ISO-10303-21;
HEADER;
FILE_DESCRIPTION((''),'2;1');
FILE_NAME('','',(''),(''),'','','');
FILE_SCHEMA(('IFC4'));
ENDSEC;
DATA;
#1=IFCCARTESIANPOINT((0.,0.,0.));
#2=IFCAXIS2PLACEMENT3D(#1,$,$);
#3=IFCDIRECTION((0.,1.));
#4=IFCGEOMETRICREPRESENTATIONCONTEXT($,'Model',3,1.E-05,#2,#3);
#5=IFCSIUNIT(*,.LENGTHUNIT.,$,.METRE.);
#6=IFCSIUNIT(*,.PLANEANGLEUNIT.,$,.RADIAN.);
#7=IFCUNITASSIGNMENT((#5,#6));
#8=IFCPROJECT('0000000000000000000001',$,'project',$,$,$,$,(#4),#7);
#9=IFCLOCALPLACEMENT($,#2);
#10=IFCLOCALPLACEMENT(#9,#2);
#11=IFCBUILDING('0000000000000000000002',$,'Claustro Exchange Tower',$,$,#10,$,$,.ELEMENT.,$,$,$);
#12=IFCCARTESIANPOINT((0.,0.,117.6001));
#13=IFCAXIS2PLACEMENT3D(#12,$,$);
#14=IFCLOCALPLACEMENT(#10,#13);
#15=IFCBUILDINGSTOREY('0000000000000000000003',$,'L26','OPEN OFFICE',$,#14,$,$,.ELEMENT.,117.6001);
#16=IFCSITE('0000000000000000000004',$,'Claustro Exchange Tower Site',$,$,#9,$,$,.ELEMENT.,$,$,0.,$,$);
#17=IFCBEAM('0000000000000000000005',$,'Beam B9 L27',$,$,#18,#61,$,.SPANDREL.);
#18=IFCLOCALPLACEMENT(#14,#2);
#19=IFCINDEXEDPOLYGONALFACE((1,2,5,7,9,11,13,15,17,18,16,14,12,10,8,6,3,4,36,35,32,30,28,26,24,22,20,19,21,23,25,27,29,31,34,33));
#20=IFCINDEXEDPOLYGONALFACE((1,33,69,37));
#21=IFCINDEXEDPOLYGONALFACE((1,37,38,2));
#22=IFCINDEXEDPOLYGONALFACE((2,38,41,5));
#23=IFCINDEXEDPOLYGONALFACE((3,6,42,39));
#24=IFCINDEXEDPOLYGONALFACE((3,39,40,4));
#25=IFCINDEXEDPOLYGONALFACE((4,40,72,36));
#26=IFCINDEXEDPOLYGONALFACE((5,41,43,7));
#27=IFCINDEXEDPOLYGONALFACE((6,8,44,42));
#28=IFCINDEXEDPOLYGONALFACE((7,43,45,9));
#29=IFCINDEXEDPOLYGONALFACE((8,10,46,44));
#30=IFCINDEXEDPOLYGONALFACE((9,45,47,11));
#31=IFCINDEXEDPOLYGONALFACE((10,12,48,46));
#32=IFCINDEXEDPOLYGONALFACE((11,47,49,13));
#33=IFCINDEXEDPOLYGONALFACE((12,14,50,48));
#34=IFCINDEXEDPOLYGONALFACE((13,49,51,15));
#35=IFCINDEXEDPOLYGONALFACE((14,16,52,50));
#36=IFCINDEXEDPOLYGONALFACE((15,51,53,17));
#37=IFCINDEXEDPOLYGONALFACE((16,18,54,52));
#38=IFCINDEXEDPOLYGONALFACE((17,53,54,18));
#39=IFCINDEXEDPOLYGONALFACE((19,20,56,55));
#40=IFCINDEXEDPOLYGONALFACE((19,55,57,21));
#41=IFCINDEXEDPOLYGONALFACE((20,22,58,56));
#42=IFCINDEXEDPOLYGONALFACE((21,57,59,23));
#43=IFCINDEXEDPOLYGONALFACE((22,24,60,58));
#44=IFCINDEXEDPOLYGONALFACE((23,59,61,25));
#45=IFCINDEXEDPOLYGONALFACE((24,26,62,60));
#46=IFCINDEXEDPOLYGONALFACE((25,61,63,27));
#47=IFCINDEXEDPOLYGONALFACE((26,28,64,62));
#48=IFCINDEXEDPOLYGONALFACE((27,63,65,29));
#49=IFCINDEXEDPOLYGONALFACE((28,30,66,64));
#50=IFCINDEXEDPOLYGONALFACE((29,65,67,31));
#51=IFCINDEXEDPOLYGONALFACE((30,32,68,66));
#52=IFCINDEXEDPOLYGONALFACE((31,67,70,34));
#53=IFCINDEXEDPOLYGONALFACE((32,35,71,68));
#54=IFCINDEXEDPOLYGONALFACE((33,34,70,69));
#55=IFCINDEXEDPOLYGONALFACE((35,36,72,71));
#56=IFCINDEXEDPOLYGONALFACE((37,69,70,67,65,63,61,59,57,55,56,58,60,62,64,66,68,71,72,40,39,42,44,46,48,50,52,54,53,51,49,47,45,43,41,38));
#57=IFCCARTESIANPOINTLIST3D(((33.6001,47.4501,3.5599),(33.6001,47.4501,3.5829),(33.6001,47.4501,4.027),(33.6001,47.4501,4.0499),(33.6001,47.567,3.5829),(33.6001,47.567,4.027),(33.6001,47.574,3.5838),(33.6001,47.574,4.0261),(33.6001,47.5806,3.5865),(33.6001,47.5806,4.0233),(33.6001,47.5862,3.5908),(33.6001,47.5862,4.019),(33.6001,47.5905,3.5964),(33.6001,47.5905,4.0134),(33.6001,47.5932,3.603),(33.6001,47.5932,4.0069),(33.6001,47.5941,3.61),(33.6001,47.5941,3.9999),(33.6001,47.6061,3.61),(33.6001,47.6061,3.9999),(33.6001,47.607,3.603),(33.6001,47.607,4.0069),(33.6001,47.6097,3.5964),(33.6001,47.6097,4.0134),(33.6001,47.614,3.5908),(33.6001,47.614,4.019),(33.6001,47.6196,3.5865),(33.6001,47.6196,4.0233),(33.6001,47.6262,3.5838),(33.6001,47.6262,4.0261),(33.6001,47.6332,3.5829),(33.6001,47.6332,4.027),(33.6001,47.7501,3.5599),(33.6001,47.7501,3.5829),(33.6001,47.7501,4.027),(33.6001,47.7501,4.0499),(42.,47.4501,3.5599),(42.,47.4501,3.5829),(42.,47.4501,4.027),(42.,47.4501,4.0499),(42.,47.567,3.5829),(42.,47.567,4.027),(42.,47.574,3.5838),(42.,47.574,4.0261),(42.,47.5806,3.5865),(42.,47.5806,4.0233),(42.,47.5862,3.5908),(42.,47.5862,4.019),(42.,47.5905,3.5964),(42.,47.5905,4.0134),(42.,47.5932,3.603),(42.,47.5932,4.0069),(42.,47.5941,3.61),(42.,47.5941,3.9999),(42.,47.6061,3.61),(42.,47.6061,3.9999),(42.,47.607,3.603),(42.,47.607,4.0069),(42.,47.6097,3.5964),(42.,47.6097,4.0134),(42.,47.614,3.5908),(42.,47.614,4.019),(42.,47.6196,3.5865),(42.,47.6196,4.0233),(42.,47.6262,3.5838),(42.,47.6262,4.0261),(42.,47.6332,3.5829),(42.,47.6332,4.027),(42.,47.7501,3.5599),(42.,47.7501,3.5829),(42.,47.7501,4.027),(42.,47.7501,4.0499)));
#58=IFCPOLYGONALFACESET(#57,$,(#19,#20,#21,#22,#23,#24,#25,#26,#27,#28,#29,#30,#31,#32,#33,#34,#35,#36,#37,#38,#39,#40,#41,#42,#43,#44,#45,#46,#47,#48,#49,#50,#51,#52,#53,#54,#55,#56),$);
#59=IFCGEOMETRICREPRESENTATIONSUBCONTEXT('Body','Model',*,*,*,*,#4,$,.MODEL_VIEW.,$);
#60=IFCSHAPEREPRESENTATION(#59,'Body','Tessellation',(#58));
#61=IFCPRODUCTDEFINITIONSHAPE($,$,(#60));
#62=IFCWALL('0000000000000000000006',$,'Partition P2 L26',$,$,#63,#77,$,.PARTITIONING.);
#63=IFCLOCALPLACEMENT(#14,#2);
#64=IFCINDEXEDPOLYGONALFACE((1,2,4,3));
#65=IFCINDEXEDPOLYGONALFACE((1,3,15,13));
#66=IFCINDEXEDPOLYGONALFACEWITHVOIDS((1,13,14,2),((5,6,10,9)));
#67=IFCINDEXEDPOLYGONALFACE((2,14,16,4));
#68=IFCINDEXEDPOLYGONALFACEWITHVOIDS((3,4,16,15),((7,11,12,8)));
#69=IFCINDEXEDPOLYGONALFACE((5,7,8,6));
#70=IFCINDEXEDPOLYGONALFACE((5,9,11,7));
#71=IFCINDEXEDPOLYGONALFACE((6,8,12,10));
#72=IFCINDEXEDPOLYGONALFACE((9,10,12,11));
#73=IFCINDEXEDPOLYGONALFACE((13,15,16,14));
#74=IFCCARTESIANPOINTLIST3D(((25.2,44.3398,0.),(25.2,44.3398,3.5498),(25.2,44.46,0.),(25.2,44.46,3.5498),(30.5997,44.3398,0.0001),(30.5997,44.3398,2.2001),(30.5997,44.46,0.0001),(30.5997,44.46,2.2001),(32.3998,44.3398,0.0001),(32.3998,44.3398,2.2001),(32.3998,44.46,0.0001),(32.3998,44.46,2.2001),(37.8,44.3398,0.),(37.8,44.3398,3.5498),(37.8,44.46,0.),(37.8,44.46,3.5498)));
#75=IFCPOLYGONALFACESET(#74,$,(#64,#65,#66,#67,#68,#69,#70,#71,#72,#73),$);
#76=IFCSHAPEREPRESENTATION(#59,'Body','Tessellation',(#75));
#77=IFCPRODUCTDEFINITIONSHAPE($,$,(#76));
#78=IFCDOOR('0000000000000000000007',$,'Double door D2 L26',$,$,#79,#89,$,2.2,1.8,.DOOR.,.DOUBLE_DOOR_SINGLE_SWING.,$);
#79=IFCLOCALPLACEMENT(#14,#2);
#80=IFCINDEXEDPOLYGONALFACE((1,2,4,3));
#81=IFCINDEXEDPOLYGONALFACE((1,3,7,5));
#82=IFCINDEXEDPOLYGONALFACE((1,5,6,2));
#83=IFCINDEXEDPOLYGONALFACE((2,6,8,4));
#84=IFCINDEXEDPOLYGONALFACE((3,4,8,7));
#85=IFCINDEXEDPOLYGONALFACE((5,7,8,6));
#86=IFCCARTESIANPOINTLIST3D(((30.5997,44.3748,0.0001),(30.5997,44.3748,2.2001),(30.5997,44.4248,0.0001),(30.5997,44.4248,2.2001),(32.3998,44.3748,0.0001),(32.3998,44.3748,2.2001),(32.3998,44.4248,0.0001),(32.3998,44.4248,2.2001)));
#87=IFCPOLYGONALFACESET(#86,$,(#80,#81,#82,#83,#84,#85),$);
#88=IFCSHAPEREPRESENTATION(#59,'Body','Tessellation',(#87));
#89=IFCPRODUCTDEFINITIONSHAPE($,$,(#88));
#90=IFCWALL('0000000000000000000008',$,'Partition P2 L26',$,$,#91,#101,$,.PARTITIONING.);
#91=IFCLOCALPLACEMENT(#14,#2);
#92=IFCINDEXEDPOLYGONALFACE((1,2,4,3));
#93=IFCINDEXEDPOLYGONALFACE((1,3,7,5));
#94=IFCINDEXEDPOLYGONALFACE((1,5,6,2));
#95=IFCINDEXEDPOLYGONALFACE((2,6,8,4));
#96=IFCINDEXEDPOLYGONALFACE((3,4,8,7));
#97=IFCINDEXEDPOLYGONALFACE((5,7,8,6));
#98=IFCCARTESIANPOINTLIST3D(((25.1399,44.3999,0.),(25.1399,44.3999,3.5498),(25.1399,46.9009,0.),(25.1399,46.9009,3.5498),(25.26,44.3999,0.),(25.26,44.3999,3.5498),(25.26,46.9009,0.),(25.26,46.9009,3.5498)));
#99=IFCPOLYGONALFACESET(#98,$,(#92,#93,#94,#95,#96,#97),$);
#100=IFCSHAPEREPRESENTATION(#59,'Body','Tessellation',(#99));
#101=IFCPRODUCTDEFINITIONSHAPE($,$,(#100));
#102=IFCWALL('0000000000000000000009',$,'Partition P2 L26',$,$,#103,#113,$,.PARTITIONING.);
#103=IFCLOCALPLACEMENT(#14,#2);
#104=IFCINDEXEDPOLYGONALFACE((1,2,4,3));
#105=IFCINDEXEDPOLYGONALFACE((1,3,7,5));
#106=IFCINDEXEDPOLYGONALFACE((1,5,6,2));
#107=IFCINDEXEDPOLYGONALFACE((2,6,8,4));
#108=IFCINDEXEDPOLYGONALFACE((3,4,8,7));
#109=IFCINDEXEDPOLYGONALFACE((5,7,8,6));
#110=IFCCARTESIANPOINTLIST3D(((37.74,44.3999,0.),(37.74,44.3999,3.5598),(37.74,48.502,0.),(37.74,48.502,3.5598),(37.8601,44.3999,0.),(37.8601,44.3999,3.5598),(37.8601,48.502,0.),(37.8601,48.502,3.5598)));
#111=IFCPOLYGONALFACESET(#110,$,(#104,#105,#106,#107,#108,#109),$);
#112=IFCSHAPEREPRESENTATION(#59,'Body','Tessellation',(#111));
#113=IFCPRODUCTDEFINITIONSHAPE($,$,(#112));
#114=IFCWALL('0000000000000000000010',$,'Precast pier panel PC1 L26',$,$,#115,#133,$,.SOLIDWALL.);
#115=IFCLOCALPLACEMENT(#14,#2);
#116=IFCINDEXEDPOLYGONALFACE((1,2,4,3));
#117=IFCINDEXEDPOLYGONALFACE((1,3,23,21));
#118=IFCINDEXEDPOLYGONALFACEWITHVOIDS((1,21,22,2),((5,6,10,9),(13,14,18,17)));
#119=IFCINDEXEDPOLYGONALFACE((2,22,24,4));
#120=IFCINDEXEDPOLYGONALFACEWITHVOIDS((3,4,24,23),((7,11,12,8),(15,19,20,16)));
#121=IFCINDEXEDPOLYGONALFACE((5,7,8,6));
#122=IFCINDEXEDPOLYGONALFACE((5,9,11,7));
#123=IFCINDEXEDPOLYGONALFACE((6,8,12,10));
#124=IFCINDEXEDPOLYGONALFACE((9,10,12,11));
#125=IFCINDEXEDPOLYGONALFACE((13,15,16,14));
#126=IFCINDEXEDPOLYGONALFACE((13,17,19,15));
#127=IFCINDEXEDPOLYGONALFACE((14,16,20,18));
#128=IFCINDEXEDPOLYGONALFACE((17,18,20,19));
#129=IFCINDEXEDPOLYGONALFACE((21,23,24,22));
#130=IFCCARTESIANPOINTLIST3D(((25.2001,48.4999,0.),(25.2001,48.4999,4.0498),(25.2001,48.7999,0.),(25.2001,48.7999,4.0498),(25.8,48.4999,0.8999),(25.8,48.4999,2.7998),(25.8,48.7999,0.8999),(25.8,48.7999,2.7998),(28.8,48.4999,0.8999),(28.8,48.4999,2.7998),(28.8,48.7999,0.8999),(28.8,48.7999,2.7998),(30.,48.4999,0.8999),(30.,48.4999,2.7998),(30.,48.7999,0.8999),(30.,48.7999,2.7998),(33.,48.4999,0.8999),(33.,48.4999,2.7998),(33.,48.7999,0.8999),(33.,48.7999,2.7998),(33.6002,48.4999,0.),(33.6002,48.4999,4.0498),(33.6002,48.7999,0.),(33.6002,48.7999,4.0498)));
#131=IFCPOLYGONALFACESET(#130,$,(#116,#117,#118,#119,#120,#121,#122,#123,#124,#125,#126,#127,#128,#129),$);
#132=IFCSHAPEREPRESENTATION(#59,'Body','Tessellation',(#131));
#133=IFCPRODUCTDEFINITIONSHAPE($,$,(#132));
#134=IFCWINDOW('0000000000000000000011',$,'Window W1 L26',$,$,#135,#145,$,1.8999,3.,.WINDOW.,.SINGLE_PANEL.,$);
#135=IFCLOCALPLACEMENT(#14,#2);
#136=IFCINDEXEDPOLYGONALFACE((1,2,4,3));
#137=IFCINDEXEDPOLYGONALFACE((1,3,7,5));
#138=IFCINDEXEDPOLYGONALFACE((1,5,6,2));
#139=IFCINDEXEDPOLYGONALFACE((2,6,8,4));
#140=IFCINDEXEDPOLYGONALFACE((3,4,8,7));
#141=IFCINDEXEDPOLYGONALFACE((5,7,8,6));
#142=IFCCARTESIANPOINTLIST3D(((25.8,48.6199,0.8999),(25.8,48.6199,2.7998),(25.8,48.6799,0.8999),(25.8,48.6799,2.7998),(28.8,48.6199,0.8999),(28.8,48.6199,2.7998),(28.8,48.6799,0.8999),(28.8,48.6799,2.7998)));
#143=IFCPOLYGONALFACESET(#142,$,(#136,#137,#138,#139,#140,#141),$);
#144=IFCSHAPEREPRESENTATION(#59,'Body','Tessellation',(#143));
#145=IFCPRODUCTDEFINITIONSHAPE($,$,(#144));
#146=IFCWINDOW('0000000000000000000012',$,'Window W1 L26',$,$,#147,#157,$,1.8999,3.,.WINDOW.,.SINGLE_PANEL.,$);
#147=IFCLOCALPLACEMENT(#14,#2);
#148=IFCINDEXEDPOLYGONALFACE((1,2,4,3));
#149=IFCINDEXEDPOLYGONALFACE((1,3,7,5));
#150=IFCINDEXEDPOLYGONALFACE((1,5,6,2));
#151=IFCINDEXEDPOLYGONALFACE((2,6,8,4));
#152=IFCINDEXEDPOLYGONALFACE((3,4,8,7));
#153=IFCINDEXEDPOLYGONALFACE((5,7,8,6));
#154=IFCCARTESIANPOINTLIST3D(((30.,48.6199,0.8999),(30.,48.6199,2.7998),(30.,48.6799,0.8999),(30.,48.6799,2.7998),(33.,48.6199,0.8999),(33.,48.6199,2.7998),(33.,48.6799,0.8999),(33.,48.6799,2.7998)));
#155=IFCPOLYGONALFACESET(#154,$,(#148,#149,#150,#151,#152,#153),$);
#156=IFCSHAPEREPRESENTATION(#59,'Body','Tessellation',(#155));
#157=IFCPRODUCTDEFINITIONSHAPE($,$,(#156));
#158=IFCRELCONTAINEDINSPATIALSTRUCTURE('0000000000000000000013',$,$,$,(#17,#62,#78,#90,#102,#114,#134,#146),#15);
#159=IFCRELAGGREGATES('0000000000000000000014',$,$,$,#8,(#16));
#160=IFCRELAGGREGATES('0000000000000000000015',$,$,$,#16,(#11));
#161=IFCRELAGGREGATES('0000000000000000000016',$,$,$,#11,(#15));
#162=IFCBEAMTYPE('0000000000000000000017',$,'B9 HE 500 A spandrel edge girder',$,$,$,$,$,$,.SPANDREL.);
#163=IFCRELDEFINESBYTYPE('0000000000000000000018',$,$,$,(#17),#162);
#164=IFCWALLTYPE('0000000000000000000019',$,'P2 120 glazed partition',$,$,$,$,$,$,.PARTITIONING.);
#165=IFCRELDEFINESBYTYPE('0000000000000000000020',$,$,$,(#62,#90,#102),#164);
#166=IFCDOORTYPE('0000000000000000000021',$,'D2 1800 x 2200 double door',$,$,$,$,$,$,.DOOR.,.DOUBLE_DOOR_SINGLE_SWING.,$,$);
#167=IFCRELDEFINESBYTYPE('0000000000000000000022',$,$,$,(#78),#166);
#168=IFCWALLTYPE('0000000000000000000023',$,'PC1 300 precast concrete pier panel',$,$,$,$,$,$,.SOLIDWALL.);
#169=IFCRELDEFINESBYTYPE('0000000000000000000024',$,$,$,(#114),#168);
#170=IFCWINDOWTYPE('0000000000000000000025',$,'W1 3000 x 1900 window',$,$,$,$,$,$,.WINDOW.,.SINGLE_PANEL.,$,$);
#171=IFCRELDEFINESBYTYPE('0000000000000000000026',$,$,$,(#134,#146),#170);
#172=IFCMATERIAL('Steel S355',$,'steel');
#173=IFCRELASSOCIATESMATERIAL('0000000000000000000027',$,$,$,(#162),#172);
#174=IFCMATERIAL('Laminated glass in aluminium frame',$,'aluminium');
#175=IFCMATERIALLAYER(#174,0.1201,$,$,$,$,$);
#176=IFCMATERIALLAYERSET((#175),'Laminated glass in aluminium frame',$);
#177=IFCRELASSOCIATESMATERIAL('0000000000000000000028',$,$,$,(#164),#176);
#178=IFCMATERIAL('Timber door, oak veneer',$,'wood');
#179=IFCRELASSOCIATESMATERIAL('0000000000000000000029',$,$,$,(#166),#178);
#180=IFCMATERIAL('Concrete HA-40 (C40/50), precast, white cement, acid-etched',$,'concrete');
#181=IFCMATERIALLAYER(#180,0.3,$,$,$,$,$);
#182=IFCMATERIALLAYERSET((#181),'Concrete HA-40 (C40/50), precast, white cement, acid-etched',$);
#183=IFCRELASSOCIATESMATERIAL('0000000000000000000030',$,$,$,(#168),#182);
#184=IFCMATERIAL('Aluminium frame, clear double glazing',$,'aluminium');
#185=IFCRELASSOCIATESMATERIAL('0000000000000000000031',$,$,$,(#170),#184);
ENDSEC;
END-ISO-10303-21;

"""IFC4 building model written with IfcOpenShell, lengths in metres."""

from ifc_helpers import new_model, si_unit, direction, frame, frame_2d, origin, origin_2d, place, context, subcontext, project, spatial, rectangle, i_section, extrude, material, layer, layer_set, material_profile, profile_set, type_object, element, fill, save


model = new_model("IFC4")

# Units and contexts
model_context = context("Model", 3, precision=1e-05, world=origin(), true_north=direction((0.0, 1.0)))
body_context = subcontext(model_context, "Body", "Model", "MODEL_VIEW")
ifc_project = project(units=[si_unit("LENGTHUNIT", "METRE"), si_unit("PLANEANGLEUNIT", "RADIAN")], contexts=[model_context])

# Site, building, storey
site_placement = place(None, origin())
site = spatial("IfcSite", under=ifc_project, at=site_placement, Name="Claustro Exchange Tower Site", CompositionType="ELEMENT", RefElevation=0.0)
building_placement = place(site_placement, origin())
building = spatial("IfcBuilding", under=site, at=building_placement, Name="Claustro Exchange Tower", CompositionType="ELEMENT")
storey_placement = place(building_placement, frame((0.0, 0.0, 117.6001)))
storey = spatial("IfcBuildingStorey", under=building, at=storey_placement, Name="L26", Description="OPEN OFFICE", CompositionType="ELEMENT", Elevation=117.6001)

# Beam
ifc_material_1 = material(Name="Steel S355", Category="steel")
ifc_material_profile_1 = material_profile(ifc_material_1, i_section(OverallWidth=0.3, OverallDepth=0.49, WebThickness=0.012, FlangeThickness=0.0229, FilletRadius=0.0271, at=origin_2d()), Name="HE 500 A")
ifc_profile_set_1 = profile_set([ifc_material_profile_1], Name="Steel S355")
beam_type_1 = type_object("IfcBeamType", Name="B9 HE 500 A spandrel edge girder", PredefinedType="SPANDREL", material=ifc_profile_set_1)
beam_1_placement = place(storey_placement, frame((33.6001, 47.6001, 3.8049), z_axis=(1.0, 0.0, 0.0), x_axis=(0.0, 1.0, 0.0)))
element("IfcBeam", 1, at=beam_1_placement, inside=storey, type_object=beam_type_1, Name="Beam B9 L27", PredefinedType="SPANDREL", context=body_context, shape_type="SweptSolid", body=[
    extrude(i_section(OverallWidth=0.3, OverallDepth=0.49, WebThickness=0.012, FlangeThickness=0.0229, FilletRadius=0.0271, at=origin_2d()), origin(), (0.0, 0.0, 1.0), 8.3999),
])

# Wall, opening, door
ifc_material_2 = material(Name="Laminated glass in aluminium frame", Category="aluminium")
ifc_layer_1 = layer(ifc_material_2, 0.1201)
ifc_layer_set_1 = layer_set([ifc_layer_1], Name="Laminated glass in aluminium frame")
wall_type_1 = type_object("IfcWallType", Name="P2 120 glazed partition", PredefinedType="PARTITIONING", material=ifc_layer_set_1)
wall_1_placement = place(storey_placement, frame((25.2, 44.3999, 0.0), z_axis=(0.0, 0.0, 1.0), x_axis=(1.0, 0.0, 0.0)))
wall_1 = element("IfcWall", 2, at=wall_1_placement, inside=storey, type_object=wall_type_1, Name="Partition P2 L26", PredefinedType="PARTITIONING", context=body_context, shape_type="SweptSolid", body=[
    extrude(rectangle(XDim=12.6001, YDim=0.1201, at=frame_2d((6.3, 0.0))), origin(), (0.0, 0.0, 1.0), 3.5498),
])
opening_1_placement = place(wall_1_placement, frame((5.3999, 0.0, 0.0)))
opening_1 = element("IfcOpeningElement", 3, at=opening_1_placement, cuts=wall_1, PredefinedType="OPENING", context=body_context, shape_type="SweptSolid", body=[
    extrude(rectangle(XDim=1.8, YDim=2.2, at=frame_2d((0.8999, 1.1001))), frame((0.0, 0.0701, 0.0), z_axis=(0.0, -1.0, 0.0), x_axis=(1.0, 0.0, 0.0)), (0.0, 0.0, 1.0), 0.1401),
])
ifc_material_3 = material(Name="Timber door, oak veneer", Category="wood")
door_type = type_object("IfcDoorType", Name="D2 1800 x 2200 double door", OperationType="DOUBLE_DOOR_SINGLE_SWING", PredefinedType="DOOR", material=ifc_material_3)
door_placement = place(opening_1_placement, origin())
door = element("IfcDoor", 4, at=door_placement, inside=storey, type_object=door_type, Name="Double door D2 L26", OperationType="DOUBLE_DOOR_SINGLE_SWING", OverallHeight=2.2, OverallWidth=1.8, PredefinedType="DOOR", context=body_context, shape_type="SweptSolid", body=[
    extrude(rectangle(XDim=1.8, YDim=2.2, at=frame_2d((0.8999, 1.1001))), frame((0.0, 0.0249, 0.0), z_axis=(0.0, -1.0, 0.0), x_axis=(1.0, 0.0, 0.0)), (0.0, 0.0, 1.0), 0.05),
])
fill(opening_1, door)

# Walls
wall_2_placement = place(storey_placement, frame((25.2, 44.3999, 0.0), z_axis=(0.0, 0.0, 1.0), x_axis=(0.0, 1.0, 0.0)))
element("IfcWall", 5, at=wall_2_placement, inside=storey, type_object=wall_type_1, Name="Partition P2 L26", PredefinedType="PARTITIONING", context=body_context, shape_type="SweptSolid", body=[
    extrude(rectangle(XDim=2.501, YDim=0.1201, at=frame_2d((1.2505, 0.0))), origin(), (0.0, 0.0, 1.0), 3.5498),
])
wall_3_placement = place(storey_placement, frame((37.8, 44.3999, 0.0), z_axis=(0.0, 0.0, 1.0), x_axis=(0.0, 1.0, 0.0)))
element("IfcWall", 6, at=wall_3_placement, inside=storey, type_object=wall_type_1, Name="Partition P2 L26", PredefinedType="PARTITIONING", context=body_context, shape_type="SweptSolid", body=[
    extrude(rectangle(XDim=4.1021, YDim=0.1201, at=frame_2d((2.051, 0.0))), origin(), (0.0, 0.0, 1.0), 3.5598),
])

# Wall, openings, windows
ifc_material_4 = material(Name="Concrete HA-40 (C40/50), precast, white cement, acid-etched", Category="concrete")
ifc_layer_2 = layer(ifc_material_4, 0.3)
ifc_layer_set_2 = layer_set([ifc_layer_2], Name="Concrete HA-40 (C40/50), precast, white cement, acid-etched")
wall_type_2 = type_object("IfcWallType", Name="PC1 300 precast concrete pier panel", PredefinedType="SOLIDWALL", material=ifc_layer_set_2)
wall_4_placement = place(storey_placement, frame((25.2, 48.6499, 0.0), z_axis=(0.0, 0.0, 1.0), x_axis=(1.0, 0.0, 0.0)))
wall_4 = element("IfcWall", 7, at=wall_4_placement, inside=storey, type_object=wall_type_2, Name="Precast pier panel PC1 L26", PredefinedType="SOLIDWALL", context=body_context, shape_type="SweptSolid", body=[
    extrude(rectangle(XDim=8.4001, YDim=0.3, at=frame_2d((4.2002, 0.0))), origin(), (0.0, 0.0, 1.0), 4.0498),
])
opening_2_placement = place(wall_4_placement, frame((0.6001, 0.0, 0.8999)))
opening_2 = element("IfcOpeningElement", 8, at=opening_2_placement, cuts=wall_4, PredefinedType="OPENING", context=body_context, shape_type="SweptSolid", body=[
    extrude(rectangle(XDim=3.0, YDim=1.8999, at=frame_2d((1.5, 0.95))), frame((0.0, 0.1599, 0.0), z_axis=(0.0, -1.0, 0.0), x_axis=(1.0, 0.0, 0.0)), (0.0, 0.0, 1.0), 0.3201),
])
opening_3_placement = place(wall_4_placement, frame((4.8, 0.0, 0.8999)))
opening_3 = element("IfcOpeningElement", 9, at=opening_3_placement, cuts=wall_4, PredefinedType="OPENING", context=body_context, shape_type="SweptSolid", body=[
    extrude(rectangle(XDim=3.0, YDim=1.8999, at=frame_2d((1.5, 0.95))), frame((0.0, 0.1599, 0.0), z_axis=(0.0, -1.0, 0.0), x_axis=(1.0, 0.0, 0.0)), (0.0, 0.0, 1.0), 0.3201),
])
ifc_material_5 = material(Name="Aluminium frame, clear double glazing", Category="aluminium")
window_type = type_object("IfcWindowType", Name="W1 3000 x 1900 window", PartitioningType="SINGLE_PANEL", PredefinedType="WINDOW", material=ifc_material_5)
window_1_placement = place(opening_2_placement, origin())
window_1 = element("IfcWindow", 10, at=window_1_placement, inside=storey, type_object=window_type, Name="Window W1 L26", OverallHeight=1.8999, OverallWidth=3.0, PartitioningType="SINGLE_PANEL", PredefinedType="WINDOW", context=body_context, shape_type="SweptSolid", body=[
    extrude(rectangle(XDim=3.0, YDim=1.8999, at=frame_2d((1.5, 0.95))), frame((0.0, 0.03, 0.0), z_axis=(0.0, -1.0, 0.0), x_axis=(1.0, 0.0, 0.0)), (0.0, 0.0, 1.0), 0.0601),
])
fill(opening_2, window_1)
window_2_placement = place(opening_3_placement, origin())
window_2 = element("IfcWindow", 11, at=window_2_placement, inside=storey, type_object=window_type, Name="Window W1 L26", OverallHeight=1.8999, OverallWidth=3.0, PartitioningType="SINGLE_PANEL", PredefinedType="WINDOW", context=body_context, shape_type="SweptSolid", body=[
    extrude(rectangle(XDim=3.0, YDim=1.8999, at=frame_2d((1.5, 0.95))), frame((0.0, 0.03, 0.0), z_axis=(0.0, -1.0, 0.0), x_axis=(1.0, 0.0, 0.0)), (0.0, 0.0, 1.0), 0.0601),
])
fill(opening_3, window_2)

save(model, "model.ifc")
